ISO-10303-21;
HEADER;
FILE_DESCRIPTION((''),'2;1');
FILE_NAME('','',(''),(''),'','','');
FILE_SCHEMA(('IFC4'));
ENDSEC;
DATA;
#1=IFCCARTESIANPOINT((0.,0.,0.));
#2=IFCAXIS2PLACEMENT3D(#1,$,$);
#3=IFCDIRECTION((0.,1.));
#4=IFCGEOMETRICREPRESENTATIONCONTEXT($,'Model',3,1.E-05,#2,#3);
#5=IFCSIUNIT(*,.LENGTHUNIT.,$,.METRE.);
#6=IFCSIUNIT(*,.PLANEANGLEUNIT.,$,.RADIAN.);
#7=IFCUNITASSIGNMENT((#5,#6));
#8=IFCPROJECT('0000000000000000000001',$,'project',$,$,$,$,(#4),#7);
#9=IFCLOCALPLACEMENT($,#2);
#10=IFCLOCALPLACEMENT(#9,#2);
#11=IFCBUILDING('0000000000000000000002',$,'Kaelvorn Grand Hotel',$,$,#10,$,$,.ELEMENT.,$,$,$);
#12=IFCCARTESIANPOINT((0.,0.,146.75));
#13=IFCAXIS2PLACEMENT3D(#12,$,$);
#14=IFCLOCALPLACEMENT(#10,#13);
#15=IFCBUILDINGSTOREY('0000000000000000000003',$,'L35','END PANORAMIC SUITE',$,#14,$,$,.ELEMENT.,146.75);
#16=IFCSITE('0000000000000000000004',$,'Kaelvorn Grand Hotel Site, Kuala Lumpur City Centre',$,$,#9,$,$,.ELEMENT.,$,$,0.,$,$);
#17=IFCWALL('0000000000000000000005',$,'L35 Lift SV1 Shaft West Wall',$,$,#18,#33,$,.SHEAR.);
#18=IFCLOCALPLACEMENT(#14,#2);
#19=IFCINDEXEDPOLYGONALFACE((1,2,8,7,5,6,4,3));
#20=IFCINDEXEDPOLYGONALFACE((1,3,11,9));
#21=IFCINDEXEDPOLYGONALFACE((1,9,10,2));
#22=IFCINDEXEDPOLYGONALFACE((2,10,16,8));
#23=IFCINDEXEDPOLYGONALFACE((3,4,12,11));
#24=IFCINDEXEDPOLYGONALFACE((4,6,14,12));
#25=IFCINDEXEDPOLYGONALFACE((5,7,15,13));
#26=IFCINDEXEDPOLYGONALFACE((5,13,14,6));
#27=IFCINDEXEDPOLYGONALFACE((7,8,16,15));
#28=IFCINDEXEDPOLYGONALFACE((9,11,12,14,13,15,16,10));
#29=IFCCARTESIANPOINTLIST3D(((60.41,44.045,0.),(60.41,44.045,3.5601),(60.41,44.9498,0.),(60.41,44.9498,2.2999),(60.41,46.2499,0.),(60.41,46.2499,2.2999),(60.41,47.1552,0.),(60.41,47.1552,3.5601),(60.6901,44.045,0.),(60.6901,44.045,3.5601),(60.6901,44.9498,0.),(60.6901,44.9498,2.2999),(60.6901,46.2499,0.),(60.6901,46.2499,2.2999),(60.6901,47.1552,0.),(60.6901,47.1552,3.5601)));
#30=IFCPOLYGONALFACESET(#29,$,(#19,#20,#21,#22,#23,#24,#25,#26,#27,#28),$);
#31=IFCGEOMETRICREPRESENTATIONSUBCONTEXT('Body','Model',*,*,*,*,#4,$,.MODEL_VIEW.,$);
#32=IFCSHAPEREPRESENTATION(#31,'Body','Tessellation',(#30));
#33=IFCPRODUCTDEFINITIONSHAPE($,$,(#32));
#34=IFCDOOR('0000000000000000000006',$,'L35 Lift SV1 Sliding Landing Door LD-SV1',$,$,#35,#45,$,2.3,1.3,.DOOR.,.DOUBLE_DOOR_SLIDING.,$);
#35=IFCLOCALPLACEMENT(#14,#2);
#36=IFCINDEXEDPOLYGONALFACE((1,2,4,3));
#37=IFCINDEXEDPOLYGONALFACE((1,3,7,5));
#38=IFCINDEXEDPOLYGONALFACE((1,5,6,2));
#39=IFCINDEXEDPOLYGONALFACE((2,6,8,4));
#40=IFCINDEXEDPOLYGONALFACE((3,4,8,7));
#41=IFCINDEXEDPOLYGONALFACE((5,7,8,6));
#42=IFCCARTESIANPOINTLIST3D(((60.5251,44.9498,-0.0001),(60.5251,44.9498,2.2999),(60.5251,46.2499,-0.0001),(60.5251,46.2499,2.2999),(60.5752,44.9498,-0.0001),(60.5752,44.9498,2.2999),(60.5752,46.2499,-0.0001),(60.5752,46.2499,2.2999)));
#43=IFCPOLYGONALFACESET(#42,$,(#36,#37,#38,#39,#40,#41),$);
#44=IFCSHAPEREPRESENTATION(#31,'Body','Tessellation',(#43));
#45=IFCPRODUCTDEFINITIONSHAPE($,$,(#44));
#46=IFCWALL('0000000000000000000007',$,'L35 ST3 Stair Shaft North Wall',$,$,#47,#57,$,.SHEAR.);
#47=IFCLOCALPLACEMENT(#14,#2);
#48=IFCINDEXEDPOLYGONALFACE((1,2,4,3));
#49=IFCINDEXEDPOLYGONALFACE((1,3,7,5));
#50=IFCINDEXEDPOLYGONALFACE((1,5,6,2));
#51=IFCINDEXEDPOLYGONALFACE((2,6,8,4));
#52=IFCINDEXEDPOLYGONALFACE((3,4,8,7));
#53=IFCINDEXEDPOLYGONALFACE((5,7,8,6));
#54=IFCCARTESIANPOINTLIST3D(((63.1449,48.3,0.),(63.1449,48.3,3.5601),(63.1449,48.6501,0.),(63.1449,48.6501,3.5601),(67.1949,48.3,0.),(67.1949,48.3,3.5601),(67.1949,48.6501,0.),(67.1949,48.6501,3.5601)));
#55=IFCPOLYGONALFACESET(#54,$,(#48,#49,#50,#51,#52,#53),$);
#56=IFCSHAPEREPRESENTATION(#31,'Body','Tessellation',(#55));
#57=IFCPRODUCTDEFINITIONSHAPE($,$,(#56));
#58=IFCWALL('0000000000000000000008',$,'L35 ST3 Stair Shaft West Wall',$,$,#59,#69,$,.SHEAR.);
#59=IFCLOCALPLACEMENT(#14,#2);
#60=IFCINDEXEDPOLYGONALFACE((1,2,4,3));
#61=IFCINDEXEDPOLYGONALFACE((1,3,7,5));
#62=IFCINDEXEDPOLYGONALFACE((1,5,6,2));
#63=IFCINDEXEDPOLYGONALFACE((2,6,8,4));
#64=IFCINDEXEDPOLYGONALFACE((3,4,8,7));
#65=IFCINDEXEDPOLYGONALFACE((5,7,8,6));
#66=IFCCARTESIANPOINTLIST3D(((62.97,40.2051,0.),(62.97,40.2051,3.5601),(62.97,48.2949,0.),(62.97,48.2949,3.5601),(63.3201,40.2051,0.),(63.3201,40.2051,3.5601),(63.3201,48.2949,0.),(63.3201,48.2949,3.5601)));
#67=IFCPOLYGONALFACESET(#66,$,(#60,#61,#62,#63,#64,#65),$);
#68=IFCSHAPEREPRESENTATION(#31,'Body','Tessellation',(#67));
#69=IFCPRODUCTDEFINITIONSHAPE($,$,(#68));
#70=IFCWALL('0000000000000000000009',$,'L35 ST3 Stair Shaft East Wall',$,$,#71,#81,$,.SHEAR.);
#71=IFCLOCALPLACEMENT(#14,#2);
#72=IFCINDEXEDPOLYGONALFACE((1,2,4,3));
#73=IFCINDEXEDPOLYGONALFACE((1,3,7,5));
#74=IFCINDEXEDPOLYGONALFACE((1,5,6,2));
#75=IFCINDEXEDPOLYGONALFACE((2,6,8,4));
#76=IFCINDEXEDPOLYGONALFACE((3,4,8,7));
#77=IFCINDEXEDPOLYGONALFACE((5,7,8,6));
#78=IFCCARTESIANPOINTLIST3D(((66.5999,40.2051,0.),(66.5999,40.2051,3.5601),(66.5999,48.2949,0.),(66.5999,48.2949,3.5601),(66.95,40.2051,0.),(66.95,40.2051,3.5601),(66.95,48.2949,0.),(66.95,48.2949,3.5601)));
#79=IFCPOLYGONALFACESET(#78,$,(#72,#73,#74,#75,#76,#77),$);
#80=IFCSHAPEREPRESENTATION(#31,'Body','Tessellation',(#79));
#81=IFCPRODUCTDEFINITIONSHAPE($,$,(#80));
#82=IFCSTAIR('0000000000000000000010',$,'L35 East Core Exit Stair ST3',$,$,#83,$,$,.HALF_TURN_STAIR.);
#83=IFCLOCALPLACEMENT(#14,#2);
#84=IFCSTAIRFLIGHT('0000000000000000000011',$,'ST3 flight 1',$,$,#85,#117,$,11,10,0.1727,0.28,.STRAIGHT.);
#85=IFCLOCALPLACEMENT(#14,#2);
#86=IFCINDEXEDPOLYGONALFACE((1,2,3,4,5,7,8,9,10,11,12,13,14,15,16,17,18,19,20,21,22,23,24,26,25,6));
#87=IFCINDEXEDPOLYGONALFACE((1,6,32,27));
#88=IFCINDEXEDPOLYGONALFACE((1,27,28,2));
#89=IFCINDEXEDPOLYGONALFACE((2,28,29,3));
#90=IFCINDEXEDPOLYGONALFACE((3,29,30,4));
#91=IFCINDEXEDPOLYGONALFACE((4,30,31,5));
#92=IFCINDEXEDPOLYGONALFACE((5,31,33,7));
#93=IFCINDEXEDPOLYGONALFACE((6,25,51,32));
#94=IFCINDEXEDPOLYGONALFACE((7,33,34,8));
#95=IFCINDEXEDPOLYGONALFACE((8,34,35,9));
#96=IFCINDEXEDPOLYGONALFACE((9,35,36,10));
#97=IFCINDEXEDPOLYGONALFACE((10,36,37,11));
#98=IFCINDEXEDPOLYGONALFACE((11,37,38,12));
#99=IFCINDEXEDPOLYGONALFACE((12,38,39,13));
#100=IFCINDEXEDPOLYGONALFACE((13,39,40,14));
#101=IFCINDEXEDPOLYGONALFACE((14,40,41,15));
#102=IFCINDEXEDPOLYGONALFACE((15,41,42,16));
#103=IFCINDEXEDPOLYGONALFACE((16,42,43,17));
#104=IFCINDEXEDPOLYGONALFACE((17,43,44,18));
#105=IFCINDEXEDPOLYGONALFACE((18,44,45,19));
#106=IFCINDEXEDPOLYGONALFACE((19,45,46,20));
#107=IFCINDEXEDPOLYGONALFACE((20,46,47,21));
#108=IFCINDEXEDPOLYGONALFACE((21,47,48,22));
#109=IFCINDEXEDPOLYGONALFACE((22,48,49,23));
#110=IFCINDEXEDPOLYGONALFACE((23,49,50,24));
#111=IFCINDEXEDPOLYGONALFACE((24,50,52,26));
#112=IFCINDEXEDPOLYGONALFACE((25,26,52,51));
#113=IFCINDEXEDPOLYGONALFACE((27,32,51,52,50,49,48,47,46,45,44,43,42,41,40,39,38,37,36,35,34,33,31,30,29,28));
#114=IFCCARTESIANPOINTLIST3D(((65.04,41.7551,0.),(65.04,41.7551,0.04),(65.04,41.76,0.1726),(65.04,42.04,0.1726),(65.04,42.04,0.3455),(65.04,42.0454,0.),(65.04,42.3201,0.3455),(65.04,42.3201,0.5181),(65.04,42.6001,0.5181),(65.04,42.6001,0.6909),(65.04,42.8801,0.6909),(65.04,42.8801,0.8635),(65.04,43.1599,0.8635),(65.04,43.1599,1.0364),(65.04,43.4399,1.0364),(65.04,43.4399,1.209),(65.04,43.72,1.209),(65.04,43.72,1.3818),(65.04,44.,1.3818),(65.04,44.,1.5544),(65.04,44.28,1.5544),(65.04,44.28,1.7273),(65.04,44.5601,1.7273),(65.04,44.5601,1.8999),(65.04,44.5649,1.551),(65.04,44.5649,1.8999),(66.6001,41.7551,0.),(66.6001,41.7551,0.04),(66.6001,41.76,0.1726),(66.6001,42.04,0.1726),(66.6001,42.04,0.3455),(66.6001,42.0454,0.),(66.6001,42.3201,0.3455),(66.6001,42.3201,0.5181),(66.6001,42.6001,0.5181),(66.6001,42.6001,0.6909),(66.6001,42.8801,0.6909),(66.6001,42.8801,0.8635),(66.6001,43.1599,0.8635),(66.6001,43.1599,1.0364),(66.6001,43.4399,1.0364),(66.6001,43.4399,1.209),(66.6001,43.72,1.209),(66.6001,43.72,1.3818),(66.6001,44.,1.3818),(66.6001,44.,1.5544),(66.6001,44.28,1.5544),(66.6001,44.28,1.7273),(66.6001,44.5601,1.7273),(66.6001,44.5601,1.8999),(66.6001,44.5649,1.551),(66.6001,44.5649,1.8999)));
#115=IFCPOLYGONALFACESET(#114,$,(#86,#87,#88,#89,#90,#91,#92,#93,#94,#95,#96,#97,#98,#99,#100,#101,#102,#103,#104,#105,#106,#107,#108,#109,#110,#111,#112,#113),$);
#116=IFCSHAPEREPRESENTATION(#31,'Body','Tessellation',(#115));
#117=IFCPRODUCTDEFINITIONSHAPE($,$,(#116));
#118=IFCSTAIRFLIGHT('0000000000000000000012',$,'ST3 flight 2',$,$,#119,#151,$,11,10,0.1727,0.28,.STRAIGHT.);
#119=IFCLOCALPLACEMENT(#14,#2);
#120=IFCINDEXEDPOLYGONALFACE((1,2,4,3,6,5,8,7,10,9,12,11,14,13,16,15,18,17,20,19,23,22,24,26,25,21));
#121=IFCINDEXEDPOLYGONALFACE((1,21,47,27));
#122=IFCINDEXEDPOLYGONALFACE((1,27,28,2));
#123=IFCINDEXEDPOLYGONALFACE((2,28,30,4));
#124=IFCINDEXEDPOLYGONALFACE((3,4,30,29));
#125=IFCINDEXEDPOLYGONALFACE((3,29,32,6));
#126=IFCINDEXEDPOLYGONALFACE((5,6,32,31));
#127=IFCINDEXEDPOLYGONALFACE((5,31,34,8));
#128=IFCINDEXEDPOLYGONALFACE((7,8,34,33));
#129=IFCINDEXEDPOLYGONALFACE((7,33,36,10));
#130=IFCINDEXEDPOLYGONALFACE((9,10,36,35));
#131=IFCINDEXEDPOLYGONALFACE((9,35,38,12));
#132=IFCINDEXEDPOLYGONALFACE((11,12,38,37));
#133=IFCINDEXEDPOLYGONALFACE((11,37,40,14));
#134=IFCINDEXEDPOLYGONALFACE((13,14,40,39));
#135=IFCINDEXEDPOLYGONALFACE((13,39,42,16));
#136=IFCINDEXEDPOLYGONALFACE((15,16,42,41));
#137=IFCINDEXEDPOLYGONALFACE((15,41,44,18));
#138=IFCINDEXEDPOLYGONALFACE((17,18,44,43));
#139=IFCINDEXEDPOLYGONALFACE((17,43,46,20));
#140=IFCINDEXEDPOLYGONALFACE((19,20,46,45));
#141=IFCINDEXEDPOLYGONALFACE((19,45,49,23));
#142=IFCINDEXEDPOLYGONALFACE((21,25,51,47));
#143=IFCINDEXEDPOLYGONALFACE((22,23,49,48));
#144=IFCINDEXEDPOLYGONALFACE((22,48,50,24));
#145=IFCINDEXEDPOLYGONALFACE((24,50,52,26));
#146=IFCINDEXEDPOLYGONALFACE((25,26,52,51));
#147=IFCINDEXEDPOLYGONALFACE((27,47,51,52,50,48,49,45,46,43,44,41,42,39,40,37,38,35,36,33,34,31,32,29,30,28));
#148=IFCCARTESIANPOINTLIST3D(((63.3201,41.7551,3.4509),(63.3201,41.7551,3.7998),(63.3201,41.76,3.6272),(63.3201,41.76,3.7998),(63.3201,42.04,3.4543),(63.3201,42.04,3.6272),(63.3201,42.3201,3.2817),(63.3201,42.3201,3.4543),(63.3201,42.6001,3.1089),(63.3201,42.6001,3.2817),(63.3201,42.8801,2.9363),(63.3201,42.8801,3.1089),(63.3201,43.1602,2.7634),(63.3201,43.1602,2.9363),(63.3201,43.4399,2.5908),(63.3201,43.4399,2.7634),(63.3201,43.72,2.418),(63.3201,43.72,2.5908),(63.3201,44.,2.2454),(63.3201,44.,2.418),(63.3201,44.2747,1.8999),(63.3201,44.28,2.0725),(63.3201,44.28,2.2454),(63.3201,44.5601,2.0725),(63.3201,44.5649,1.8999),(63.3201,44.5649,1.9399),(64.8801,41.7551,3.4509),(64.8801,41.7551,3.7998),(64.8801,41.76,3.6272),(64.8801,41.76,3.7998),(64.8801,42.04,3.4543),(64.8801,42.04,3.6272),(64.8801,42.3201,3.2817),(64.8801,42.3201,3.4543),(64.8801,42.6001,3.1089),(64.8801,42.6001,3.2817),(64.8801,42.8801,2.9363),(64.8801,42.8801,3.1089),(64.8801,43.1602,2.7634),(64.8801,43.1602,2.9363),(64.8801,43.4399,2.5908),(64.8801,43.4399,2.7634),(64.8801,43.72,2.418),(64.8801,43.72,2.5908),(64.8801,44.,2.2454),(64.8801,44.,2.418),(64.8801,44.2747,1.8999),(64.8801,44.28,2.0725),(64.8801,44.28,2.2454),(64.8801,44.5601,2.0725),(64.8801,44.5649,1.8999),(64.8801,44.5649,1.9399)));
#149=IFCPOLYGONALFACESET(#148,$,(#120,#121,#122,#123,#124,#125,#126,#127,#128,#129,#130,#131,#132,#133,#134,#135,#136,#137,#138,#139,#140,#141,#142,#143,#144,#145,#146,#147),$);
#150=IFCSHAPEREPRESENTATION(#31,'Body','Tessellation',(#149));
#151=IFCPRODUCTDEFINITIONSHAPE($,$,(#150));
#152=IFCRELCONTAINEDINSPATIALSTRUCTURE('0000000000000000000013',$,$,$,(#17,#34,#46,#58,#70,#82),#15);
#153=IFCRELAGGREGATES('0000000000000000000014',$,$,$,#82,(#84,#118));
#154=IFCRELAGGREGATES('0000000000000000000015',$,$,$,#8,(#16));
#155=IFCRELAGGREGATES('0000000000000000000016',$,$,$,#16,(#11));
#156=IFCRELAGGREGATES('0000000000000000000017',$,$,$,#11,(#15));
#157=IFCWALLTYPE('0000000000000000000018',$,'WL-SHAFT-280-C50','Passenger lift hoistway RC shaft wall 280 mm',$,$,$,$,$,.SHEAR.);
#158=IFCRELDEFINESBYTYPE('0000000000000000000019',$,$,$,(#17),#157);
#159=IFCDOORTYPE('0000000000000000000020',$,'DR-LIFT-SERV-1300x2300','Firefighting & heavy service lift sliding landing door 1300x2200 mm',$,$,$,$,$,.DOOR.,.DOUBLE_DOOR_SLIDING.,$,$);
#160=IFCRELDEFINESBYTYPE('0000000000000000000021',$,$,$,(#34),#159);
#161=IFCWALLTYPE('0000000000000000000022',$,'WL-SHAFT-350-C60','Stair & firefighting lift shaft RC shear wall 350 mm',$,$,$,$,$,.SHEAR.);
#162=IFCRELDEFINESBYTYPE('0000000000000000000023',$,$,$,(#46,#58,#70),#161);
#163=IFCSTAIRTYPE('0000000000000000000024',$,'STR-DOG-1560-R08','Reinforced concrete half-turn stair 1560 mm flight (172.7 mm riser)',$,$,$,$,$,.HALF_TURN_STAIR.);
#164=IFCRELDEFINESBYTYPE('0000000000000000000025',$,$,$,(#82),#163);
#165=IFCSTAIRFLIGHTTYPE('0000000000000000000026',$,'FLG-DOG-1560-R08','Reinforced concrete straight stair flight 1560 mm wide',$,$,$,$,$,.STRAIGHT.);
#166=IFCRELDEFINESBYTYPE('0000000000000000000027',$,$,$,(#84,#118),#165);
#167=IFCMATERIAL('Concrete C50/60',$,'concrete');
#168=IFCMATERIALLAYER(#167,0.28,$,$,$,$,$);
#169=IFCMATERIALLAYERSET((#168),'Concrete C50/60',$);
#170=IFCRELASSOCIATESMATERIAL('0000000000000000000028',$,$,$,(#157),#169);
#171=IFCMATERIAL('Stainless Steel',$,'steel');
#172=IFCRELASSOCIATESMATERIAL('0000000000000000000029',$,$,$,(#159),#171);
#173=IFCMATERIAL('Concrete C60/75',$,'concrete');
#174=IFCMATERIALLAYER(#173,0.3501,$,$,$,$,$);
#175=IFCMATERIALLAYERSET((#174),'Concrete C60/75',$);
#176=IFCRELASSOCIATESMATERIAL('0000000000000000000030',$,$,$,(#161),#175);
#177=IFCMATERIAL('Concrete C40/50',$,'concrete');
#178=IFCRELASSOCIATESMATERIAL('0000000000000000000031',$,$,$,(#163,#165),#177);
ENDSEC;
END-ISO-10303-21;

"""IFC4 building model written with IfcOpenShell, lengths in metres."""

from ifc_helpers import new_model, si_unit, direction, frame, frame_2d, origin, place, context, subcontext, project, spatial, polyline, rectangle, outline, extrude, material, layer, layer_set, type_object, element, fill, aggregate, save


model = new_model("IFC4")

# Units and contexts
model_context = context("Model", 3, precision=1e-05, world=origin(), true_north=direction((0.0, 1.0)))
body_context = subcontext(model_context, "Body", "Model", "MODEL_VIEW")
ifc_project = project(units=[si_unit("LENGTHUNIT", "METRE"), si_unit("PLANEANGLEUNIT", "RADIAN")], contexts=[model_context])

# Site, building, storey
site_placement = place(None, origin())
site = spatial("IfcSite", under=ifc_project, at=site_placement, Name="Kaelvorn Grand Hotel Site, Kuala Lumpur City Centre", CompositionType="ELEMENT", RefElevation=0.0)
building_placement = place(site_placement, origin())
building = spatial("IfcBuilding", under=site, at=building_placement, Name="Kaelvorn Grand Hotel", CompositionType="ELEMENT")
storey_placement = place(building_placement, frame((0.0, 0.0, 146.75)))
storey = spatial("IfcBuildingStorey", under=building, at=storey_placement, Name="L35", Description="END PANORAMIC SUITE", CompositionType="ELEMENT", Elevation=146.75)

# Shared definitions
ifc_material_1 = material(Name="Concrete C60/75", Category="concrete")

# Shared definitions
ifc_material_2 = material(Name="Concrete C50/60", Category="concrete")

# Shared definitions
ifc_material_3 = material(Name="Concrete C40/50", Category="concrete")
ifc_layer_1 = layer(ifc_material_2, 0.28)
ifc_layer_set_1 = layer_set([ifc_layer_1], Name="Concrete C50/60")
wall_type_1 = type_object("IfcWallType", Name="WL-SHAFT-280-C50", Description="Passenger lift hoistway RC shaft wall 280 mm", PredefinedType="SHEAR", material=ifc_layer_set_1)

# Wall, opening, door
wall_1_placement = place(storey_placement, frame((60.55, 44.0449, 0.0), z_axis=(0.0, 0.0, 1.0), x_axis=(0.0, 1.0, 0.0)))
wall_1 = element("IfcWall", 1, at=wall_1_placement, inside=storey, type_object=wall_type_1, Name="L35 Lift SV1 Shaft West Wall", PredefinedType="SHEAR", context=body_context, shape_type="SweptSolid", body=[
    extrude(rectangle(XDim=3.1101, YDim=0.28, at=frame_2d((1.5552, 0.0))), origin(), (0.0, 0.0, 1.0), 3.5601),
])
opening_1_placement = place(wall_1_placement, frame((0.905, 0.0, 0.0)))
opening_1 = element("IfcOpeningElement", 2, at=opening_1_placement, cuts=wall_1, PredefinedType="OPENING", context=body_context, shape_type="SweptSolid", body=[
    extrude(rectangle(XDim=1.3, YDim=2.3, at=frame_2d((0.6499, 1.1499))), frame((0.0, 0.1499, 0.0), z_axis=(0.0, -1.0, 0.0), x_axis=(1.0, 0.0, 0.0)), (0.0, 0.0, 1.0), 0.3),
])
ifc_material_4 = material(Name="Stainless Steel", Category="steel")
door_type_1 = type_object("IfcDoorType", Name="DR-LIFT-SERV-1300x2300", Description="Firefighting & heavy service lift sliding landing door 1300x2200 mm", OperationType="DOUBLE_DOOR_SLIDING", PredefinedType="DOOR", material=ifc_material_4)
door_1_placement = place(opening_1_placement, origin())
door_1 = element("IfcDoor", 3, at=door_1_placement, inside=storey, type_object=door_type_1, Name="L35 Lift SV1 Sliding Landing Door LD-SV1", OperationType="DOUBLE_DOOR_SLIDING", OverallHeight=2.3, OverallWidth=1.3, PredefinedType="DOOR", context=body_context, shape_type="SweptSolid", body=[
    extrude(rectangle(XDim=1.3, YDim=2.3, at=frame_2d((0.6499, 1.1499))), frame((0.0, 0.0249, 0.0), z_axis=(0.0, -1.0, 0.0), x_axis=(1.0, 0.0, 0.0)), (0.0, 0.0, 1.0), 0.05),
])
fill(opening_1, door_1)
ifc_layer_2 = layer(ifc_material_1, 0.3501)
ifc_layer_set_2 = layer_set([ifc_layer_2], Name="Concrete C60/75")
wall_type_2 = type_object("IfcWallType", Name="WL-SHAFT-350-C60", Description="Stair & firefighting lift shaft RC shear wall 350 mm", PredefinedType="SHEAR", material=ifc_layer_set_2)

# Walls
wall_2_placement = place(storey_placement, frame((63.145, 48.4751, 0.0), z_axis=(0.0, 0.0, 1.0), x_axis=(1.0, 0.0, 0.0)))
element("IfcWall", 4, at=wall_2_placement, inside=storey, type_object=wall_type_2, Name="L35 ST3 Stair Shaft North Wall", PredefinedType="SHEAR", context=body_context, shape_type="SweptSolid", body=[
    extrude(rectangle(XDim=4.05, YDim=0.3501, at=frame_2d((2.0249, 0.0))), origin(), (0.0, 0.0, 1.0), 3.5601),
])
for number, where, z_axis, x_axis, name in (
    (5, (63.145, 40.2051, 0.0), (0.0, 0.0, 1.0), (0.0, 1.0, 0.0), "L35 ST3 Stair Shaft West Wall"),
    (6, (66.7749, 40.2051, 0.0), (0.0, 0.0, 1.0), (0.0, 1.0, 0.0), "L35 ST3 Stair Shaft East Wall"),
):
    element("IfcWall", number, at=place(storey_placement, frame(where, z_axis=z_axis, x_axis=x_axis)), inside=storey, type_object=wall_type_2, Name=name, PredefinedType="SHEAR", context=body_context, shape_type="SweptSolid", body=[
        extrude(rectangle(XDim=8.0898, YDim=0.3501, at=frame_2d((4.0449, 0.0))), origin(), (0.0, 0.0, 1.0), 3.5601),
    ])

# Stair, stair flights
stair_type = type_object("IfcStairType", Name="STR-DOG-1560-R08", Description="Reinforced concrete half-turn stair 1560 mm flight (172.7 mm riser)", PredefinedType="HALF_TURN_STAIR", material=ifc_material_3)
stair_placement = place(storey_placement, origin())
stair = element("IfcStair", 7, at=stair_placement, inside=storey, type_object=stair_type, Name="L35 East Core Exit Stair ST3", PredefinedType="HALF_TURN_STAIR")
stair_flight_type = type_object("IfcStairFlightType", Name="FLG-DOG-1560-R08", Description="Reinforced concrete straight stair flight 1560 mm wide", PredefinedType="STRAIGHT", material=ifc_material_3)
stair_flight_1_placement = place(storey_placement, frame((65.8201, 41.76, 0.0), z_axis=(0.0, 0.0, 1.0), x_axis=(0.0, 1.0, 0.0)))
stair_flight_1 = element("IfcStairFlight", 8, at=stair_flight_1_placement, type_object=stair_flight_type, Name="ST3 flight 1", NumberOfRisers=11, NumberOfTreads=10, PredefinedType="STRAIGHT", RiserHeight=0.1727, TreadLength=0.28, context=body_context, shape_type="SweptSolid", body=[
    extrude(outline(polyline([(-0.0049, 0.0), (-0.0049, 0.04), (0.0, 0.1726), (0.28, 0.1726), (0.28, 0.3455), (0.5601, 0.3455), (0.5601, 0.5181), (0.8401, 0.5181), (0.8401, 0.6909), (1.1201, 0.6909), (1.1201, 0.8635), (1.3999, 0.8635), (1.3999, 1.0364), (1.6799, 1.0364), (1.6799, 1.209), (1.96, 1.209), (1.96, 1.3818), (2.24, 1.3818), (2.24, 1.5544), (2.52, 1.5544), (2.52, 1.7273), (2.8, 1.7273), (2.8, 1.8999), (2.8049, 1.8999), (2.8049, 1.551), (0.2854, 0.0), (-0.0049, 0.0)])), frame((0.0, 0.78, 0.0), z_axis=(0.0, -1.0, 0.0), x_axis=(1.0, 0.0, 0.0)), (0.0, 0.0, 1.0), 1.5601),
])
stair_flight_2_placement = place(storey_placement, frame((64.1001, 44.5601, 1.8999), z_axis=(0.0, 0.0, 1.0), x_axis=(0.0, -1.0, 0.0)))
stair_flight_2 = element("IfcStairFlight", 9, at=stair_flight_2_placement, type_object=stair_flight_type, Name="ST3 flight 2", NumberOfRisers=11, NumberOfTreads=10, PredefinedType="STRAIGHT", RiserHeight=0.1727, TreadLength=0.28, context=body_context, shape_type="SweptSolid", body=[
    extrude(outline(polyline([(-0.0049, 0.0), (-0.0049, 0.04), (0.0, 0.1726), (0.28, 0.1726), (0.28, 0.3455), (0.5601, 0.3455), (0.5601, 0.5181), (0.8401, 0.5181), (0.8401, 0.6909), (1.1201, 0.6909), (1.1201, 0.8635), (1.3999, 0.8635), (1.3999, 1.0364), (1.6799, 1.0364), (1.6799, 1.209), (1.96, 1.209), (1.96, 1.3818), (2.24, 1.3818), (2.24, 1.5544), (2.52, 1.5544), (2.52, 1.7273), (2.8, 1.7273), (2.8, 1.8999), (2.8049, 1.8999), (2.8049, 1.551), (0.2854, 0.0), (-0.0049, 0.0)])), frame((0.0, 0.78, 0.0), z_axis=(0.0, -1.0, 0.0), x_axis=(1.0, 0.0, 0.0)), (0.0, 0.0, 1.0), 1.5601),
])
aggregate(stair, [stair_flight_1, stair_flight_2])

save(model, "model.ifc")
